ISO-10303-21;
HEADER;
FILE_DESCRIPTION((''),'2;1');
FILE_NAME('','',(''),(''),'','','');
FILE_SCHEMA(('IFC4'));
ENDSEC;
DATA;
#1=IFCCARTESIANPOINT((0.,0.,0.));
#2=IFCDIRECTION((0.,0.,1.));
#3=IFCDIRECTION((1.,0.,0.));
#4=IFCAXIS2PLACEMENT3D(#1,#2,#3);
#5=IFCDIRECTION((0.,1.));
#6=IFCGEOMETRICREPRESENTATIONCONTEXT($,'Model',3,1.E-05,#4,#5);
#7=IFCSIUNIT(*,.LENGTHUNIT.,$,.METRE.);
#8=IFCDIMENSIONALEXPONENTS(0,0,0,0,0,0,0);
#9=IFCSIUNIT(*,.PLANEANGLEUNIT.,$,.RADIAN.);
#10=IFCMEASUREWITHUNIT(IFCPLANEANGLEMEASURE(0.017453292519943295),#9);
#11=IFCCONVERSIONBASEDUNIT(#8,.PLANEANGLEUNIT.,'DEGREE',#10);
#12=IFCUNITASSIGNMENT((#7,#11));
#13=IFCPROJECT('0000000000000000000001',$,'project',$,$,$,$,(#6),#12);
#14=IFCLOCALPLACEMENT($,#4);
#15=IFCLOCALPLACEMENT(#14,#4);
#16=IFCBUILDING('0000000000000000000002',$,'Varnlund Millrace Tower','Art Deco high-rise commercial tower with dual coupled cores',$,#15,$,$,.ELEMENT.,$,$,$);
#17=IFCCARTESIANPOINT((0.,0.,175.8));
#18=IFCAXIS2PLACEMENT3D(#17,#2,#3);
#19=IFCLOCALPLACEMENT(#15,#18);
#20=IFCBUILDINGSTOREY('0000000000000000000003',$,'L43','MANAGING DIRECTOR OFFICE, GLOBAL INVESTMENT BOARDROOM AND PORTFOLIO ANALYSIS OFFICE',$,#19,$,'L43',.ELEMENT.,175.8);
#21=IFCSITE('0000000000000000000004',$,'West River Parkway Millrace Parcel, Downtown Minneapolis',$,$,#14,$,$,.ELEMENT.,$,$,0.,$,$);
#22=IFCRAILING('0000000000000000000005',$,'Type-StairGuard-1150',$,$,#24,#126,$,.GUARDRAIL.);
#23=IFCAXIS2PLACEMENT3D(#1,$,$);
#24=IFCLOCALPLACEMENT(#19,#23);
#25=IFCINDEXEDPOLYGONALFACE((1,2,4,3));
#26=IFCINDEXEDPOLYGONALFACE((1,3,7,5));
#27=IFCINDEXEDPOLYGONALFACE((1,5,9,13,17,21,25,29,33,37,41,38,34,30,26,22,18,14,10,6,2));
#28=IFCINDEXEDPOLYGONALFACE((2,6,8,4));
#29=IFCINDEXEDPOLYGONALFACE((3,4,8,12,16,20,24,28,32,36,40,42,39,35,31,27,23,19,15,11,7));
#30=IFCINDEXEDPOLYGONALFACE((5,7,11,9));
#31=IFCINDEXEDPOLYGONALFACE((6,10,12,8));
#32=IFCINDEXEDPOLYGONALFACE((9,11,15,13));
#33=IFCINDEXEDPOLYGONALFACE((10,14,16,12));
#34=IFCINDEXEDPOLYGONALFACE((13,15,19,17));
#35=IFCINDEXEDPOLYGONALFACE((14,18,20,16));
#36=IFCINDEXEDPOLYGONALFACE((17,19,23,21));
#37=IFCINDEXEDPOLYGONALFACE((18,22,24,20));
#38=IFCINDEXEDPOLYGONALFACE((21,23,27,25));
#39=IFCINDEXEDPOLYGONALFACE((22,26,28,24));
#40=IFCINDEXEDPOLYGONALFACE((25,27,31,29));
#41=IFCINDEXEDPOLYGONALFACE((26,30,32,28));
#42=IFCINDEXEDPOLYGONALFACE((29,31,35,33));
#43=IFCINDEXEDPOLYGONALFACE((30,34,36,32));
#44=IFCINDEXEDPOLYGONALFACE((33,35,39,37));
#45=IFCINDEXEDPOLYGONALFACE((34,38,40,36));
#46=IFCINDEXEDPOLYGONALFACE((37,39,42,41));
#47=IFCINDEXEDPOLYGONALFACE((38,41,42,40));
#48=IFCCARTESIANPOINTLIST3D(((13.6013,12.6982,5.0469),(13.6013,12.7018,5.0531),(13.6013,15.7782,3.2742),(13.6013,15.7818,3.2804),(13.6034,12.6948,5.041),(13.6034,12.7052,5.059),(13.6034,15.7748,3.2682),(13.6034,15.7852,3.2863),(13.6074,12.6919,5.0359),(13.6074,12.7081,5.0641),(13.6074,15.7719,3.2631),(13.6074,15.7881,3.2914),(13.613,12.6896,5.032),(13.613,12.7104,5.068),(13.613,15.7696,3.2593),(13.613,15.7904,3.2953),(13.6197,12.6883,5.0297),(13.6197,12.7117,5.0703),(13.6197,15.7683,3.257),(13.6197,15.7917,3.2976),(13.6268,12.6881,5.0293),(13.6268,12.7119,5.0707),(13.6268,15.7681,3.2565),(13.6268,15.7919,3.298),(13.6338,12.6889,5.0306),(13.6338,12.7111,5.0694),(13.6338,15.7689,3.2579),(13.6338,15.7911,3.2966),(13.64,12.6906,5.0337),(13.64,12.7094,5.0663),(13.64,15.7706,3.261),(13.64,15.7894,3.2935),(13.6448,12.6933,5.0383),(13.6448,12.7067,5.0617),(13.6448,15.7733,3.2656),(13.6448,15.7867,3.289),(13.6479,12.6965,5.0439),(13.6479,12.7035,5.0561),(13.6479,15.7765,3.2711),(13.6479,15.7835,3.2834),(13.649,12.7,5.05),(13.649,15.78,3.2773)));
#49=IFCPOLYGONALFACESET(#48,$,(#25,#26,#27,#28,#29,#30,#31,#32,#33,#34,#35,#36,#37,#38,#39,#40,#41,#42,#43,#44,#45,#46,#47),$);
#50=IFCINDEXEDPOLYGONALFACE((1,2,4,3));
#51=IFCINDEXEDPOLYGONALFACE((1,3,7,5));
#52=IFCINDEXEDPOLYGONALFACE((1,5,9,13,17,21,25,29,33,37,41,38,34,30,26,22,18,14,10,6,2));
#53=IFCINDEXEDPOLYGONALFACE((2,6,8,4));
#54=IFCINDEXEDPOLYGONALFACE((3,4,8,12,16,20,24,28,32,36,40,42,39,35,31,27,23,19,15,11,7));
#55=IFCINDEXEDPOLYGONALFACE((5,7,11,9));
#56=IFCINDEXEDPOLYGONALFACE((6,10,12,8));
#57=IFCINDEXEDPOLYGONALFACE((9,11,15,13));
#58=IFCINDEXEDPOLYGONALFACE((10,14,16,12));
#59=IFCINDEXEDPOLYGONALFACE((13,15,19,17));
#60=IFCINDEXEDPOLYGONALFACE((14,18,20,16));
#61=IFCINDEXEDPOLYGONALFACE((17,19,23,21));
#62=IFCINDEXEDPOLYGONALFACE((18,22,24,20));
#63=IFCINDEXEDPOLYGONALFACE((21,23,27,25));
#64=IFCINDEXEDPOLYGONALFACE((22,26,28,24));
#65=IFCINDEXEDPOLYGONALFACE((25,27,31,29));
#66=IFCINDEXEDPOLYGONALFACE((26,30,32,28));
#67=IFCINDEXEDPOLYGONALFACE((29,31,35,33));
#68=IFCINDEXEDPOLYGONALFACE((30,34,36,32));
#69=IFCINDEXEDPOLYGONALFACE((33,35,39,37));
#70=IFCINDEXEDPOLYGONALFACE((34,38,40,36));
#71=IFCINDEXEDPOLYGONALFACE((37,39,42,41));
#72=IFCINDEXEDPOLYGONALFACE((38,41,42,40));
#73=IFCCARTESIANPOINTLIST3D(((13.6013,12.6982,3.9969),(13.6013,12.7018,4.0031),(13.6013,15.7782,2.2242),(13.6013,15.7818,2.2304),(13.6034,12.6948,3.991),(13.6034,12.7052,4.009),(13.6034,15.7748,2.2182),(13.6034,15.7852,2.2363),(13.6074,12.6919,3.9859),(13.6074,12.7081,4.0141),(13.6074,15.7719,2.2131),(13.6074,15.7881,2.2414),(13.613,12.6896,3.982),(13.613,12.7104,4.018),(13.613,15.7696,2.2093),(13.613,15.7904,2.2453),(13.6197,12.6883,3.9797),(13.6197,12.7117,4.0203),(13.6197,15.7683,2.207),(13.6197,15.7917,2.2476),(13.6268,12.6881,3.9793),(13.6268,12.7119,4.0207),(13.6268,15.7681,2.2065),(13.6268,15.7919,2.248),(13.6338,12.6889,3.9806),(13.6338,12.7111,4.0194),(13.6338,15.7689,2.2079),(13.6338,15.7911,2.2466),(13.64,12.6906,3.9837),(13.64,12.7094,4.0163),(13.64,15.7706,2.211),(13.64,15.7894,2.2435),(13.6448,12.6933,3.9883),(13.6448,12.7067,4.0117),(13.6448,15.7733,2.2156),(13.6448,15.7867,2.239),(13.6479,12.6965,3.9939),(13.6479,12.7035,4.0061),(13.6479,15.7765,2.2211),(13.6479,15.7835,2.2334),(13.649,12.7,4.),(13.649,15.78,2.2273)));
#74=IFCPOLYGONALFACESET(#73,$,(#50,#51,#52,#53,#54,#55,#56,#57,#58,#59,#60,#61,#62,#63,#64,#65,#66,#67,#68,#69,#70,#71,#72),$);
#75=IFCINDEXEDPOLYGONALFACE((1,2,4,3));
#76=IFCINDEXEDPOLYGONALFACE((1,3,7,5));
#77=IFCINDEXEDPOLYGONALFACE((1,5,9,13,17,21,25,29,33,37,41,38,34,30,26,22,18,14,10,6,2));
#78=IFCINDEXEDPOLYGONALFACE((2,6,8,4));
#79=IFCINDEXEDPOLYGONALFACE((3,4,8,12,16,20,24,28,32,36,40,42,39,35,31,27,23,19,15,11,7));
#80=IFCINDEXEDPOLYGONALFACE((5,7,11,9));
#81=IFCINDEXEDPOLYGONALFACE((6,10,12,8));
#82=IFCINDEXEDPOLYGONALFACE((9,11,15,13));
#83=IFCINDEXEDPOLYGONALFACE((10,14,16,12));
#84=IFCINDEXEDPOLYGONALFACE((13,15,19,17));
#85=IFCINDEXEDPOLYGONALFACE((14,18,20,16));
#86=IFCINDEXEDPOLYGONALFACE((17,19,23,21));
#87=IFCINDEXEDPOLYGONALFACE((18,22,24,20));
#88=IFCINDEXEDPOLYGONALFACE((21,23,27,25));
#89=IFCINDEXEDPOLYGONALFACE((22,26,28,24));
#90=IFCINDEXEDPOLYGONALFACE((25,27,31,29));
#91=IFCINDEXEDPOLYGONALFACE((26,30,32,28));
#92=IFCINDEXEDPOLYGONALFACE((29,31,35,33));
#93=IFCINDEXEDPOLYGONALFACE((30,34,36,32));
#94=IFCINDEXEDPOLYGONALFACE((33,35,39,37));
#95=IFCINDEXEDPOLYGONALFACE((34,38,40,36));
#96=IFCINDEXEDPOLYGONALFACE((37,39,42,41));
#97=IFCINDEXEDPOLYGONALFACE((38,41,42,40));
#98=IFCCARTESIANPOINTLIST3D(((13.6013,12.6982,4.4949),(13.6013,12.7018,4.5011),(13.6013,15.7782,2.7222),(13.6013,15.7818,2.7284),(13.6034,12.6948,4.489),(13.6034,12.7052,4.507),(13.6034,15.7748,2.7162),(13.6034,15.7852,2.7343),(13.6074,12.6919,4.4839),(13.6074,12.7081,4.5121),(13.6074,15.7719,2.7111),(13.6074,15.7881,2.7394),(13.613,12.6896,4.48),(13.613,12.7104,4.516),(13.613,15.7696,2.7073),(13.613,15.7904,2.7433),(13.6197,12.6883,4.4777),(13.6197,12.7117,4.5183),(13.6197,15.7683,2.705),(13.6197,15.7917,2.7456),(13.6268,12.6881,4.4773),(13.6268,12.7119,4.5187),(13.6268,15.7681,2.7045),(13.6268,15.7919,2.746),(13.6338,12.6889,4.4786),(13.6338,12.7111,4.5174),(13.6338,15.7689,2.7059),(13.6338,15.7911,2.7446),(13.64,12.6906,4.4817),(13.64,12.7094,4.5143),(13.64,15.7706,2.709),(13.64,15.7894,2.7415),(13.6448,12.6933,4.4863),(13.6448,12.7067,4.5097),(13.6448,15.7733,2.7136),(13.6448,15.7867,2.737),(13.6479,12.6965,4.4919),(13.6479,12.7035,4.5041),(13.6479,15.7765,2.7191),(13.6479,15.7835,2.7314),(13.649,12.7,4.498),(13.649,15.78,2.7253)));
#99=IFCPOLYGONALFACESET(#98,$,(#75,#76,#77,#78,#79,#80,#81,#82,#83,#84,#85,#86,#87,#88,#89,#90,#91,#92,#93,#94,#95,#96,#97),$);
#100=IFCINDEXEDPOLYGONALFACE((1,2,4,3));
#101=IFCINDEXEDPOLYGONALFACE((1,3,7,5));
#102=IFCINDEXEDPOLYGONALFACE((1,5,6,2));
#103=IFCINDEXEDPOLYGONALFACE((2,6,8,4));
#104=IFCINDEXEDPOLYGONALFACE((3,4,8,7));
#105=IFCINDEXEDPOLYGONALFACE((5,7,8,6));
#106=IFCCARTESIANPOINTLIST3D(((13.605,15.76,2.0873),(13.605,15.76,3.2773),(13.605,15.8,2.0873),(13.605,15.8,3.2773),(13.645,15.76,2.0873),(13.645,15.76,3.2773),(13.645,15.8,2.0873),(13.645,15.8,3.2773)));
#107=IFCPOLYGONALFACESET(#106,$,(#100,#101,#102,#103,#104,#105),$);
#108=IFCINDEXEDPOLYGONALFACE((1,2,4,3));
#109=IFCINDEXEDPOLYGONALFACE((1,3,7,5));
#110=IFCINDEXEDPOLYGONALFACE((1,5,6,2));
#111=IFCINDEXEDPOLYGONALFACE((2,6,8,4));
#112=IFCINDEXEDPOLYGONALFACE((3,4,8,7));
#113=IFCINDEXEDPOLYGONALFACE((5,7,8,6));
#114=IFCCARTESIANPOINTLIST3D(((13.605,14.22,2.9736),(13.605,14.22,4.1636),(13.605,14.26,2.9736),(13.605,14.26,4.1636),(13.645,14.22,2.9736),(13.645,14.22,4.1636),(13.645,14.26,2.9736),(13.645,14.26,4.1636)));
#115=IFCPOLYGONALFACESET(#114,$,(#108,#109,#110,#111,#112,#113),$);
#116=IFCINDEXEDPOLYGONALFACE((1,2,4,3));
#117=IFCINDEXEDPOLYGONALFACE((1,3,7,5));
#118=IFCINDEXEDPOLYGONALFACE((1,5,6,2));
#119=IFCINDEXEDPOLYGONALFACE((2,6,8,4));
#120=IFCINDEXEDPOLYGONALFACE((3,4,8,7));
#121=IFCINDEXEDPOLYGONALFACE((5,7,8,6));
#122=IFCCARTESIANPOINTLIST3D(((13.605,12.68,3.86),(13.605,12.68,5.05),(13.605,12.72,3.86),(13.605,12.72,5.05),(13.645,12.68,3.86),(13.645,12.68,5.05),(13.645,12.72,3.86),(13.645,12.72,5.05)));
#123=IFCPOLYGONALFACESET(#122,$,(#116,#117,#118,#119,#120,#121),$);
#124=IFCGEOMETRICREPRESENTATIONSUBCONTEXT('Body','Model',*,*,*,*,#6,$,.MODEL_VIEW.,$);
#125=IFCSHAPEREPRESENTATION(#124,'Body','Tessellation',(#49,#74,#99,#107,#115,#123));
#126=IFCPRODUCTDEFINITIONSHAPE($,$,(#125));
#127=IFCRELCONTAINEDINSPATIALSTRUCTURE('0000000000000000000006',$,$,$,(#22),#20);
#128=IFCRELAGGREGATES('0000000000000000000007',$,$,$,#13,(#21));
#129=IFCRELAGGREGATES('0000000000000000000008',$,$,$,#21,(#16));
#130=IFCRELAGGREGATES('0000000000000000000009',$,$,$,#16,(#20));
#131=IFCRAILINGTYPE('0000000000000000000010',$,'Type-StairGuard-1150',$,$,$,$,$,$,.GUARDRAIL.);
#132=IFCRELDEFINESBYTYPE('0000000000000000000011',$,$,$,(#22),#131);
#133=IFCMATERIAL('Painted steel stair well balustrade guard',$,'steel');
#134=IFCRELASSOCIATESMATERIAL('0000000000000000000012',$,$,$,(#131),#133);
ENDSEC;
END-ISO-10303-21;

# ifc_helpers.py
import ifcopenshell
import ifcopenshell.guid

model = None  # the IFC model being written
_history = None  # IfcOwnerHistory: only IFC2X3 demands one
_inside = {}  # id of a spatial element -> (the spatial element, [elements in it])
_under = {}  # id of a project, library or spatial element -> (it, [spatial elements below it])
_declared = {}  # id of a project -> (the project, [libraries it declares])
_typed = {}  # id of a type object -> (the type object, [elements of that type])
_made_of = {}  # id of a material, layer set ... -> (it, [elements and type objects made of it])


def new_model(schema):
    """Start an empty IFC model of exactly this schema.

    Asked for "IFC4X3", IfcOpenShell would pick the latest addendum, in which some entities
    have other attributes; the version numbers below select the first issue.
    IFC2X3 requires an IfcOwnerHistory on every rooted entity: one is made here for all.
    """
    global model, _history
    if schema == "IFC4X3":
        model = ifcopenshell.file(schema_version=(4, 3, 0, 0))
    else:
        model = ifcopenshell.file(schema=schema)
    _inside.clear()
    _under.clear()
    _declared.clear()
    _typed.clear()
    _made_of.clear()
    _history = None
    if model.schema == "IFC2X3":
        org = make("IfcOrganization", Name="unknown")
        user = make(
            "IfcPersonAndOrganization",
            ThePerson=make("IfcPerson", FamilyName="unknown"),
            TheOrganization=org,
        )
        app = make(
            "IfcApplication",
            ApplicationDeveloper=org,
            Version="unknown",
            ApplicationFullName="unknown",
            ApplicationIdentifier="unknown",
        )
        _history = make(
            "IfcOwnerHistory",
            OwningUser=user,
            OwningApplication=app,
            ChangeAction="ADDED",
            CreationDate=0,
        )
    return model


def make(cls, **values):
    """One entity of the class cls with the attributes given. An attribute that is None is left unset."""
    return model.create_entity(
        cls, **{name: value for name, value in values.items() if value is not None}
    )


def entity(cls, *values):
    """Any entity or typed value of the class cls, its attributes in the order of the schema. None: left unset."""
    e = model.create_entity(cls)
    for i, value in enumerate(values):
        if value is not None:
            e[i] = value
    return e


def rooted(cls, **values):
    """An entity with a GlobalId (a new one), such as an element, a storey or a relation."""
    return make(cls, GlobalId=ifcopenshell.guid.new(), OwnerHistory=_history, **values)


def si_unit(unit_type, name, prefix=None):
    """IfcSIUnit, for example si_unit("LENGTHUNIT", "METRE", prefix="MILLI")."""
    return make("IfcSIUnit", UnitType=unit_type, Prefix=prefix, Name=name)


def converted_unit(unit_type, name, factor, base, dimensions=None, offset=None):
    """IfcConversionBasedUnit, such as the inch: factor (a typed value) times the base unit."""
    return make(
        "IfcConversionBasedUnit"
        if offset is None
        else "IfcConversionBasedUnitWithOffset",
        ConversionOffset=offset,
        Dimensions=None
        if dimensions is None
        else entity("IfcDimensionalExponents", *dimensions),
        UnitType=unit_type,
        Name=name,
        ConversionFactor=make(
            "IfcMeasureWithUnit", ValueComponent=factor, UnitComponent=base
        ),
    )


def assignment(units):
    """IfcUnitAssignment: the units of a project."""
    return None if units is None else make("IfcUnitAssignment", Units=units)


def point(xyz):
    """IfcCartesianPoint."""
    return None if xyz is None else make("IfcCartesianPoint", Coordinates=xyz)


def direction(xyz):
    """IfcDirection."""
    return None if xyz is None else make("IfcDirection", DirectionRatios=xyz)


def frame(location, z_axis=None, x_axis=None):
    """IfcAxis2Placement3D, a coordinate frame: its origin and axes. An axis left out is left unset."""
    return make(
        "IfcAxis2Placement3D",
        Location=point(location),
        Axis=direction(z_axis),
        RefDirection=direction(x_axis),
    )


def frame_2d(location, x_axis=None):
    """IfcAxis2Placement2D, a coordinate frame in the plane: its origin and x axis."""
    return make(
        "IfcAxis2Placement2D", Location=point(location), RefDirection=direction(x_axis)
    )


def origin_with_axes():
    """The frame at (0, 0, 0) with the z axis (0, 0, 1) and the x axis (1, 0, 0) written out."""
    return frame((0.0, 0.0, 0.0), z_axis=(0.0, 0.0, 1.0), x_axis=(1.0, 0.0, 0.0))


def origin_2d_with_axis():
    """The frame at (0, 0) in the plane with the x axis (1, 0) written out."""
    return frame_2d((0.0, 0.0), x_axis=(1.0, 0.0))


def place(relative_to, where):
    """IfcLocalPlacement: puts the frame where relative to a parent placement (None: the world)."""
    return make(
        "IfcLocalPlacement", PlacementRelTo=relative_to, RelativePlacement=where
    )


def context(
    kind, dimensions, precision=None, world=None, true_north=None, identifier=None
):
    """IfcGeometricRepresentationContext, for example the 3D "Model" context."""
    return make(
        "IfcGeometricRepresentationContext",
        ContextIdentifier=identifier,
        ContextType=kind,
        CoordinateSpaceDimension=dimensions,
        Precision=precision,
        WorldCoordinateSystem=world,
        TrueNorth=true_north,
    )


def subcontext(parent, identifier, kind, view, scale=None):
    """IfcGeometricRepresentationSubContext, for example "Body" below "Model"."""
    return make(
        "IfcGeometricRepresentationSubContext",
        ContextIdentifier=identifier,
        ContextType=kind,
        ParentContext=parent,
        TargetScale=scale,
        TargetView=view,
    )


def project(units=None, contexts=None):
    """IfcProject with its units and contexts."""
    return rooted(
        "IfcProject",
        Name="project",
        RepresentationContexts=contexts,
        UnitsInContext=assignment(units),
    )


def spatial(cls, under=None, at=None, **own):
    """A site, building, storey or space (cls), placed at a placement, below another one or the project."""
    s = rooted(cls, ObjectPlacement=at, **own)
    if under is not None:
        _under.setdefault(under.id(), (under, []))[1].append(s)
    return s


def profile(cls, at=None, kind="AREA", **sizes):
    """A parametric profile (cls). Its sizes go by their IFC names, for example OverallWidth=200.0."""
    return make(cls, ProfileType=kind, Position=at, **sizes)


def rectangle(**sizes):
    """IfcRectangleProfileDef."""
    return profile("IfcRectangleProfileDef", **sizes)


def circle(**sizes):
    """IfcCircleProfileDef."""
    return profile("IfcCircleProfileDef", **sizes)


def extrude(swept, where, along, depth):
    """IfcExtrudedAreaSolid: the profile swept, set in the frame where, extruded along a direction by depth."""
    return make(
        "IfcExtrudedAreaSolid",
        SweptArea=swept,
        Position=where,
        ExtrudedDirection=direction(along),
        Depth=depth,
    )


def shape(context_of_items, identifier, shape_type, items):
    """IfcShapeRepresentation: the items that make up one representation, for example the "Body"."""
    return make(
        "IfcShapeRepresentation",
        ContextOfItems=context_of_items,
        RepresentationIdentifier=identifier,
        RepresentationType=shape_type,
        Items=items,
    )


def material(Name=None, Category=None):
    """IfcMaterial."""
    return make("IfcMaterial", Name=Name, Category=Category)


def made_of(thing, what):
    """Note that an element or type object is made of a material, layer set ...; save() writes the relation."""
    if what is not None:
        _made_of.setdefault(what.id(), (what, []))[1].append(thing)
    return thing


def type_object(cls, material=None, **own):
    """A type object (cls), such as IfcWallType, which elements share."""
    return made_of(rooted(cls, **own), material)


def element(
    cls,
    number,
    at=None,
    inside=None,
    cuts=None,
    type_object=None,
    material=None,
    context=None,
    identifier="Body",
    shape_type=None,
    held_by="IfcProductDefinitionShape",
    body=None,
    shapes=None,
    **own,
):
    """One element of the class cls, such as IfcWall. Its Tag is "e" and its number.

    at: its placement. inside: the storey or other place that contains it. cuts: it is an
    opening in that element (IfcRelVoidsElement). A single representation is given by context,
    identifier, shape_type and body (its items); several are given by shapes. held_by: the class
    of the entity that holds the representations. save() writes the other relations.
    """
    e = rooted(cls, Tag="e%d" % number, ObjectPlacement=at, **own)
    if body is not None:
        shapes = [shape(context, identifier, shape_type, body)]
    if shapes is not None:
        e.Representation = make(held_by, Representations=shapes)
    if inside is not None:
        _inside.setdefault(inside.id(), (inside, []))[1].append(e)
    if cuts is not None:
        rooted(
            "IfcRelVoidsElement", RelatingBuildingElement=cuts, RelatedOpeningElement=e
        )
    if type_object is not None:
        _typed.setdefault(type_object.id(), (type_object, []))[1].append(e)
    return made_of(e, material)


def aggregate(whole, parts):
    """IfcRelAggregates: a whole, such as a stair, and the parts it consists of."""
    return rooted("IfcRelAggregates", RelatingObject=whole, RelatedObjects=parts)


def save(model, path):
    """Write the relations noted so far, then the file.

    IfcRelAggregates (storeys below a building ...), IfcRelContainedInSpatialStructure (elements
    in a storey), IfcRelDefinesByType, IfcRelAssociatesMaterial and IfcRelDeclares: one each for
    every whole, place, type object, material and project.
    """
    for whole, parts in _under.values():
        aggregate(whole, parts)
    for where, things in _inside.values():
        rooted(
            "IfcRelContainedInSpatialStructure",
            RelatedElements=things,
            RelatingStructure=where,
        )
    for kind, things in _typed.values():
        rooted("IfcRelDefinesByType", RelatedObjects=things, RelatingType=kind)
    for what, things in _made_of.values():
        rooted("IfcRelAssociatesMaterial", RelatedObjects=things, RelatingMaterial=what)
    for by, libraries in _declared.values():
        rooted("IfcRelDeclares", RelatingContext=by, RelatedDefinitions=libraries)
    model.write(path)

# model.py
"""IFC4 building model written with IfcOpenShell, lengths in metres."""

from ifc_helpers import new_model, entity, si_unit, converted_unit, direction, frame, origin_with_axes, origin_2d_with_axis, place, context, subcontext, project, spatial, rectangle, circle, extrude, material, type_object, element, save


model = new_model("IFC4")

# Units and contexts
model_context = context("Model", 3, precision=1e-05, world=origin_with_axes(), true_north=direction((0.0, 1.0)))
body_context = subcontext(model_context, "Body", "Model", "MODEL_VIEW")
ifc_project = project(units=[si_unit("LENGTHUNIT", "METRE"), converted_unit("PLANEANGLEUNIT", "DEGREE", entity("IfcPlaneAngleMeasure", 0.017453292519943295), si_unit("PLANEANGLEUNIT", "RADIAN"), dimensions=[0, 0, 0, 0, 0, 0, 0])], contexts=[model_context])

# Site, building, storey
site_placement = place(None, origin_with_axes())
site = spatial("IfcSite", under=ifc_project, at=site_placement, Name="West River Parkway Millrace Parcel, Downtown Minneapolis", CompositionType="ELEMENT", RefElevation=0.0)
building_placement = place(site_placement, origin_with_axes())
building = spatial("IfcBuilding", under=site, at=building_placement, Name="Varnlund Millrace Tower", Description="Art Deco high-rise commercial tower with dual coupled cores", CompositionType="ELEMENT")
storey_placement = place(building_placement, frame((0.0, 0.0, 175.8), z_axis=(0.0, 0.0, 1.0), x_axis=(1.0, 0.0, 0.0)))
storey = spatial("IfcBuildingStorey", under=building, at=storey_placement, Name="L43", Description="MANAGING DIRECTOR OFFICE, GLOBAL INVESTMENT BOARDROOM AND PORTFOLIO ANALYSIS OFFICE", LongName="L43", CompositionType="ELEMENT", Elevation=175.8)

# Railing
ifc_material_1 = material(Name="Painted steel stair well balustrade guard", Category="steel")
railing_type_1 = type_object("IfcRailingType", Name="Type-StairGuard-1150", PredefinedType="GUARDRAIL", material=ifc_material_1)
railing_1_placement = place(storey_placement, frame((0.0, 0.0, -175.8), z_axis=(0.0, 0.0, 1.0), x_axis=(1.0, 0.0, 0.0)))
element("IfcRailing", 1, at=railing_1_placement, inside=storey, type_object=railing_type_1, Name="Type-StairGuard-1150", PredefinedType="GUARDRAIL", context=body_context, shape_type="SweptSolid", body=[
    extrude(circle(Radius=0.024, at=origin_2d_with_axis()), frame((13.625, 15.78, 179.0773), z_axis=(0.0, -0.866696, 0.498836), x_axis=(1.0, 0.0, 0.0)), (0.0, 0.0, 1.0), 3.5537),
    extrude(circle(Radius=0.024, at=origin_2d_with_axis()), frame((13.625, 15.78, 178.0273), z_axis=(0.0, -0.866696, 0.498836), x_axis=(1.0, 0.0, 0.0)), (0.0, 0.0, 1.0), 3.5537),
    extrude(circle(Radius=0.024, at=origin_2d_with_axis()), frame((13.625, 15.78, 178.5253), z_axis=(0.0, -0.866696, 0.498836), x_axis=(1.0, 0.0, 0.0)), (0.0, 0.0, 1.0), 3.5537),
    extrude(rectangle(XDim=0.04, YDim=0.04, at=origin_2d_with_axis()), frame((13.625, 15.78, 177.8873), z_axis=(0.0, 0.0, 1.0), x_axis=(1.0, 0.0, 0.0)), (0.0, 0.0, 1.0), 1.19),
    extrude(rectangle(XDim=0.04, YDim=0.04, at=origin_2d_with_axis()), frame((13.625, 14.24, 178.7736), z_axis=(0.0, 0.0, 1.0), x_axis=(1.0, 0.0, 0.0)), (0.0, 0.0, 1.0), 1.19),
    extrude(rectangle(XDim=0.04, YDim=0.04, at=origin_2d_with_axis()), frame((13.625, 12.7, 179.66), z_axis=(0.0, 0.0, 1.0), x_axis=(1.0, 0.0, 0.0)), (0.0, 0.0, 1.0), 1.19),
])

save(model, "model.ifc")
